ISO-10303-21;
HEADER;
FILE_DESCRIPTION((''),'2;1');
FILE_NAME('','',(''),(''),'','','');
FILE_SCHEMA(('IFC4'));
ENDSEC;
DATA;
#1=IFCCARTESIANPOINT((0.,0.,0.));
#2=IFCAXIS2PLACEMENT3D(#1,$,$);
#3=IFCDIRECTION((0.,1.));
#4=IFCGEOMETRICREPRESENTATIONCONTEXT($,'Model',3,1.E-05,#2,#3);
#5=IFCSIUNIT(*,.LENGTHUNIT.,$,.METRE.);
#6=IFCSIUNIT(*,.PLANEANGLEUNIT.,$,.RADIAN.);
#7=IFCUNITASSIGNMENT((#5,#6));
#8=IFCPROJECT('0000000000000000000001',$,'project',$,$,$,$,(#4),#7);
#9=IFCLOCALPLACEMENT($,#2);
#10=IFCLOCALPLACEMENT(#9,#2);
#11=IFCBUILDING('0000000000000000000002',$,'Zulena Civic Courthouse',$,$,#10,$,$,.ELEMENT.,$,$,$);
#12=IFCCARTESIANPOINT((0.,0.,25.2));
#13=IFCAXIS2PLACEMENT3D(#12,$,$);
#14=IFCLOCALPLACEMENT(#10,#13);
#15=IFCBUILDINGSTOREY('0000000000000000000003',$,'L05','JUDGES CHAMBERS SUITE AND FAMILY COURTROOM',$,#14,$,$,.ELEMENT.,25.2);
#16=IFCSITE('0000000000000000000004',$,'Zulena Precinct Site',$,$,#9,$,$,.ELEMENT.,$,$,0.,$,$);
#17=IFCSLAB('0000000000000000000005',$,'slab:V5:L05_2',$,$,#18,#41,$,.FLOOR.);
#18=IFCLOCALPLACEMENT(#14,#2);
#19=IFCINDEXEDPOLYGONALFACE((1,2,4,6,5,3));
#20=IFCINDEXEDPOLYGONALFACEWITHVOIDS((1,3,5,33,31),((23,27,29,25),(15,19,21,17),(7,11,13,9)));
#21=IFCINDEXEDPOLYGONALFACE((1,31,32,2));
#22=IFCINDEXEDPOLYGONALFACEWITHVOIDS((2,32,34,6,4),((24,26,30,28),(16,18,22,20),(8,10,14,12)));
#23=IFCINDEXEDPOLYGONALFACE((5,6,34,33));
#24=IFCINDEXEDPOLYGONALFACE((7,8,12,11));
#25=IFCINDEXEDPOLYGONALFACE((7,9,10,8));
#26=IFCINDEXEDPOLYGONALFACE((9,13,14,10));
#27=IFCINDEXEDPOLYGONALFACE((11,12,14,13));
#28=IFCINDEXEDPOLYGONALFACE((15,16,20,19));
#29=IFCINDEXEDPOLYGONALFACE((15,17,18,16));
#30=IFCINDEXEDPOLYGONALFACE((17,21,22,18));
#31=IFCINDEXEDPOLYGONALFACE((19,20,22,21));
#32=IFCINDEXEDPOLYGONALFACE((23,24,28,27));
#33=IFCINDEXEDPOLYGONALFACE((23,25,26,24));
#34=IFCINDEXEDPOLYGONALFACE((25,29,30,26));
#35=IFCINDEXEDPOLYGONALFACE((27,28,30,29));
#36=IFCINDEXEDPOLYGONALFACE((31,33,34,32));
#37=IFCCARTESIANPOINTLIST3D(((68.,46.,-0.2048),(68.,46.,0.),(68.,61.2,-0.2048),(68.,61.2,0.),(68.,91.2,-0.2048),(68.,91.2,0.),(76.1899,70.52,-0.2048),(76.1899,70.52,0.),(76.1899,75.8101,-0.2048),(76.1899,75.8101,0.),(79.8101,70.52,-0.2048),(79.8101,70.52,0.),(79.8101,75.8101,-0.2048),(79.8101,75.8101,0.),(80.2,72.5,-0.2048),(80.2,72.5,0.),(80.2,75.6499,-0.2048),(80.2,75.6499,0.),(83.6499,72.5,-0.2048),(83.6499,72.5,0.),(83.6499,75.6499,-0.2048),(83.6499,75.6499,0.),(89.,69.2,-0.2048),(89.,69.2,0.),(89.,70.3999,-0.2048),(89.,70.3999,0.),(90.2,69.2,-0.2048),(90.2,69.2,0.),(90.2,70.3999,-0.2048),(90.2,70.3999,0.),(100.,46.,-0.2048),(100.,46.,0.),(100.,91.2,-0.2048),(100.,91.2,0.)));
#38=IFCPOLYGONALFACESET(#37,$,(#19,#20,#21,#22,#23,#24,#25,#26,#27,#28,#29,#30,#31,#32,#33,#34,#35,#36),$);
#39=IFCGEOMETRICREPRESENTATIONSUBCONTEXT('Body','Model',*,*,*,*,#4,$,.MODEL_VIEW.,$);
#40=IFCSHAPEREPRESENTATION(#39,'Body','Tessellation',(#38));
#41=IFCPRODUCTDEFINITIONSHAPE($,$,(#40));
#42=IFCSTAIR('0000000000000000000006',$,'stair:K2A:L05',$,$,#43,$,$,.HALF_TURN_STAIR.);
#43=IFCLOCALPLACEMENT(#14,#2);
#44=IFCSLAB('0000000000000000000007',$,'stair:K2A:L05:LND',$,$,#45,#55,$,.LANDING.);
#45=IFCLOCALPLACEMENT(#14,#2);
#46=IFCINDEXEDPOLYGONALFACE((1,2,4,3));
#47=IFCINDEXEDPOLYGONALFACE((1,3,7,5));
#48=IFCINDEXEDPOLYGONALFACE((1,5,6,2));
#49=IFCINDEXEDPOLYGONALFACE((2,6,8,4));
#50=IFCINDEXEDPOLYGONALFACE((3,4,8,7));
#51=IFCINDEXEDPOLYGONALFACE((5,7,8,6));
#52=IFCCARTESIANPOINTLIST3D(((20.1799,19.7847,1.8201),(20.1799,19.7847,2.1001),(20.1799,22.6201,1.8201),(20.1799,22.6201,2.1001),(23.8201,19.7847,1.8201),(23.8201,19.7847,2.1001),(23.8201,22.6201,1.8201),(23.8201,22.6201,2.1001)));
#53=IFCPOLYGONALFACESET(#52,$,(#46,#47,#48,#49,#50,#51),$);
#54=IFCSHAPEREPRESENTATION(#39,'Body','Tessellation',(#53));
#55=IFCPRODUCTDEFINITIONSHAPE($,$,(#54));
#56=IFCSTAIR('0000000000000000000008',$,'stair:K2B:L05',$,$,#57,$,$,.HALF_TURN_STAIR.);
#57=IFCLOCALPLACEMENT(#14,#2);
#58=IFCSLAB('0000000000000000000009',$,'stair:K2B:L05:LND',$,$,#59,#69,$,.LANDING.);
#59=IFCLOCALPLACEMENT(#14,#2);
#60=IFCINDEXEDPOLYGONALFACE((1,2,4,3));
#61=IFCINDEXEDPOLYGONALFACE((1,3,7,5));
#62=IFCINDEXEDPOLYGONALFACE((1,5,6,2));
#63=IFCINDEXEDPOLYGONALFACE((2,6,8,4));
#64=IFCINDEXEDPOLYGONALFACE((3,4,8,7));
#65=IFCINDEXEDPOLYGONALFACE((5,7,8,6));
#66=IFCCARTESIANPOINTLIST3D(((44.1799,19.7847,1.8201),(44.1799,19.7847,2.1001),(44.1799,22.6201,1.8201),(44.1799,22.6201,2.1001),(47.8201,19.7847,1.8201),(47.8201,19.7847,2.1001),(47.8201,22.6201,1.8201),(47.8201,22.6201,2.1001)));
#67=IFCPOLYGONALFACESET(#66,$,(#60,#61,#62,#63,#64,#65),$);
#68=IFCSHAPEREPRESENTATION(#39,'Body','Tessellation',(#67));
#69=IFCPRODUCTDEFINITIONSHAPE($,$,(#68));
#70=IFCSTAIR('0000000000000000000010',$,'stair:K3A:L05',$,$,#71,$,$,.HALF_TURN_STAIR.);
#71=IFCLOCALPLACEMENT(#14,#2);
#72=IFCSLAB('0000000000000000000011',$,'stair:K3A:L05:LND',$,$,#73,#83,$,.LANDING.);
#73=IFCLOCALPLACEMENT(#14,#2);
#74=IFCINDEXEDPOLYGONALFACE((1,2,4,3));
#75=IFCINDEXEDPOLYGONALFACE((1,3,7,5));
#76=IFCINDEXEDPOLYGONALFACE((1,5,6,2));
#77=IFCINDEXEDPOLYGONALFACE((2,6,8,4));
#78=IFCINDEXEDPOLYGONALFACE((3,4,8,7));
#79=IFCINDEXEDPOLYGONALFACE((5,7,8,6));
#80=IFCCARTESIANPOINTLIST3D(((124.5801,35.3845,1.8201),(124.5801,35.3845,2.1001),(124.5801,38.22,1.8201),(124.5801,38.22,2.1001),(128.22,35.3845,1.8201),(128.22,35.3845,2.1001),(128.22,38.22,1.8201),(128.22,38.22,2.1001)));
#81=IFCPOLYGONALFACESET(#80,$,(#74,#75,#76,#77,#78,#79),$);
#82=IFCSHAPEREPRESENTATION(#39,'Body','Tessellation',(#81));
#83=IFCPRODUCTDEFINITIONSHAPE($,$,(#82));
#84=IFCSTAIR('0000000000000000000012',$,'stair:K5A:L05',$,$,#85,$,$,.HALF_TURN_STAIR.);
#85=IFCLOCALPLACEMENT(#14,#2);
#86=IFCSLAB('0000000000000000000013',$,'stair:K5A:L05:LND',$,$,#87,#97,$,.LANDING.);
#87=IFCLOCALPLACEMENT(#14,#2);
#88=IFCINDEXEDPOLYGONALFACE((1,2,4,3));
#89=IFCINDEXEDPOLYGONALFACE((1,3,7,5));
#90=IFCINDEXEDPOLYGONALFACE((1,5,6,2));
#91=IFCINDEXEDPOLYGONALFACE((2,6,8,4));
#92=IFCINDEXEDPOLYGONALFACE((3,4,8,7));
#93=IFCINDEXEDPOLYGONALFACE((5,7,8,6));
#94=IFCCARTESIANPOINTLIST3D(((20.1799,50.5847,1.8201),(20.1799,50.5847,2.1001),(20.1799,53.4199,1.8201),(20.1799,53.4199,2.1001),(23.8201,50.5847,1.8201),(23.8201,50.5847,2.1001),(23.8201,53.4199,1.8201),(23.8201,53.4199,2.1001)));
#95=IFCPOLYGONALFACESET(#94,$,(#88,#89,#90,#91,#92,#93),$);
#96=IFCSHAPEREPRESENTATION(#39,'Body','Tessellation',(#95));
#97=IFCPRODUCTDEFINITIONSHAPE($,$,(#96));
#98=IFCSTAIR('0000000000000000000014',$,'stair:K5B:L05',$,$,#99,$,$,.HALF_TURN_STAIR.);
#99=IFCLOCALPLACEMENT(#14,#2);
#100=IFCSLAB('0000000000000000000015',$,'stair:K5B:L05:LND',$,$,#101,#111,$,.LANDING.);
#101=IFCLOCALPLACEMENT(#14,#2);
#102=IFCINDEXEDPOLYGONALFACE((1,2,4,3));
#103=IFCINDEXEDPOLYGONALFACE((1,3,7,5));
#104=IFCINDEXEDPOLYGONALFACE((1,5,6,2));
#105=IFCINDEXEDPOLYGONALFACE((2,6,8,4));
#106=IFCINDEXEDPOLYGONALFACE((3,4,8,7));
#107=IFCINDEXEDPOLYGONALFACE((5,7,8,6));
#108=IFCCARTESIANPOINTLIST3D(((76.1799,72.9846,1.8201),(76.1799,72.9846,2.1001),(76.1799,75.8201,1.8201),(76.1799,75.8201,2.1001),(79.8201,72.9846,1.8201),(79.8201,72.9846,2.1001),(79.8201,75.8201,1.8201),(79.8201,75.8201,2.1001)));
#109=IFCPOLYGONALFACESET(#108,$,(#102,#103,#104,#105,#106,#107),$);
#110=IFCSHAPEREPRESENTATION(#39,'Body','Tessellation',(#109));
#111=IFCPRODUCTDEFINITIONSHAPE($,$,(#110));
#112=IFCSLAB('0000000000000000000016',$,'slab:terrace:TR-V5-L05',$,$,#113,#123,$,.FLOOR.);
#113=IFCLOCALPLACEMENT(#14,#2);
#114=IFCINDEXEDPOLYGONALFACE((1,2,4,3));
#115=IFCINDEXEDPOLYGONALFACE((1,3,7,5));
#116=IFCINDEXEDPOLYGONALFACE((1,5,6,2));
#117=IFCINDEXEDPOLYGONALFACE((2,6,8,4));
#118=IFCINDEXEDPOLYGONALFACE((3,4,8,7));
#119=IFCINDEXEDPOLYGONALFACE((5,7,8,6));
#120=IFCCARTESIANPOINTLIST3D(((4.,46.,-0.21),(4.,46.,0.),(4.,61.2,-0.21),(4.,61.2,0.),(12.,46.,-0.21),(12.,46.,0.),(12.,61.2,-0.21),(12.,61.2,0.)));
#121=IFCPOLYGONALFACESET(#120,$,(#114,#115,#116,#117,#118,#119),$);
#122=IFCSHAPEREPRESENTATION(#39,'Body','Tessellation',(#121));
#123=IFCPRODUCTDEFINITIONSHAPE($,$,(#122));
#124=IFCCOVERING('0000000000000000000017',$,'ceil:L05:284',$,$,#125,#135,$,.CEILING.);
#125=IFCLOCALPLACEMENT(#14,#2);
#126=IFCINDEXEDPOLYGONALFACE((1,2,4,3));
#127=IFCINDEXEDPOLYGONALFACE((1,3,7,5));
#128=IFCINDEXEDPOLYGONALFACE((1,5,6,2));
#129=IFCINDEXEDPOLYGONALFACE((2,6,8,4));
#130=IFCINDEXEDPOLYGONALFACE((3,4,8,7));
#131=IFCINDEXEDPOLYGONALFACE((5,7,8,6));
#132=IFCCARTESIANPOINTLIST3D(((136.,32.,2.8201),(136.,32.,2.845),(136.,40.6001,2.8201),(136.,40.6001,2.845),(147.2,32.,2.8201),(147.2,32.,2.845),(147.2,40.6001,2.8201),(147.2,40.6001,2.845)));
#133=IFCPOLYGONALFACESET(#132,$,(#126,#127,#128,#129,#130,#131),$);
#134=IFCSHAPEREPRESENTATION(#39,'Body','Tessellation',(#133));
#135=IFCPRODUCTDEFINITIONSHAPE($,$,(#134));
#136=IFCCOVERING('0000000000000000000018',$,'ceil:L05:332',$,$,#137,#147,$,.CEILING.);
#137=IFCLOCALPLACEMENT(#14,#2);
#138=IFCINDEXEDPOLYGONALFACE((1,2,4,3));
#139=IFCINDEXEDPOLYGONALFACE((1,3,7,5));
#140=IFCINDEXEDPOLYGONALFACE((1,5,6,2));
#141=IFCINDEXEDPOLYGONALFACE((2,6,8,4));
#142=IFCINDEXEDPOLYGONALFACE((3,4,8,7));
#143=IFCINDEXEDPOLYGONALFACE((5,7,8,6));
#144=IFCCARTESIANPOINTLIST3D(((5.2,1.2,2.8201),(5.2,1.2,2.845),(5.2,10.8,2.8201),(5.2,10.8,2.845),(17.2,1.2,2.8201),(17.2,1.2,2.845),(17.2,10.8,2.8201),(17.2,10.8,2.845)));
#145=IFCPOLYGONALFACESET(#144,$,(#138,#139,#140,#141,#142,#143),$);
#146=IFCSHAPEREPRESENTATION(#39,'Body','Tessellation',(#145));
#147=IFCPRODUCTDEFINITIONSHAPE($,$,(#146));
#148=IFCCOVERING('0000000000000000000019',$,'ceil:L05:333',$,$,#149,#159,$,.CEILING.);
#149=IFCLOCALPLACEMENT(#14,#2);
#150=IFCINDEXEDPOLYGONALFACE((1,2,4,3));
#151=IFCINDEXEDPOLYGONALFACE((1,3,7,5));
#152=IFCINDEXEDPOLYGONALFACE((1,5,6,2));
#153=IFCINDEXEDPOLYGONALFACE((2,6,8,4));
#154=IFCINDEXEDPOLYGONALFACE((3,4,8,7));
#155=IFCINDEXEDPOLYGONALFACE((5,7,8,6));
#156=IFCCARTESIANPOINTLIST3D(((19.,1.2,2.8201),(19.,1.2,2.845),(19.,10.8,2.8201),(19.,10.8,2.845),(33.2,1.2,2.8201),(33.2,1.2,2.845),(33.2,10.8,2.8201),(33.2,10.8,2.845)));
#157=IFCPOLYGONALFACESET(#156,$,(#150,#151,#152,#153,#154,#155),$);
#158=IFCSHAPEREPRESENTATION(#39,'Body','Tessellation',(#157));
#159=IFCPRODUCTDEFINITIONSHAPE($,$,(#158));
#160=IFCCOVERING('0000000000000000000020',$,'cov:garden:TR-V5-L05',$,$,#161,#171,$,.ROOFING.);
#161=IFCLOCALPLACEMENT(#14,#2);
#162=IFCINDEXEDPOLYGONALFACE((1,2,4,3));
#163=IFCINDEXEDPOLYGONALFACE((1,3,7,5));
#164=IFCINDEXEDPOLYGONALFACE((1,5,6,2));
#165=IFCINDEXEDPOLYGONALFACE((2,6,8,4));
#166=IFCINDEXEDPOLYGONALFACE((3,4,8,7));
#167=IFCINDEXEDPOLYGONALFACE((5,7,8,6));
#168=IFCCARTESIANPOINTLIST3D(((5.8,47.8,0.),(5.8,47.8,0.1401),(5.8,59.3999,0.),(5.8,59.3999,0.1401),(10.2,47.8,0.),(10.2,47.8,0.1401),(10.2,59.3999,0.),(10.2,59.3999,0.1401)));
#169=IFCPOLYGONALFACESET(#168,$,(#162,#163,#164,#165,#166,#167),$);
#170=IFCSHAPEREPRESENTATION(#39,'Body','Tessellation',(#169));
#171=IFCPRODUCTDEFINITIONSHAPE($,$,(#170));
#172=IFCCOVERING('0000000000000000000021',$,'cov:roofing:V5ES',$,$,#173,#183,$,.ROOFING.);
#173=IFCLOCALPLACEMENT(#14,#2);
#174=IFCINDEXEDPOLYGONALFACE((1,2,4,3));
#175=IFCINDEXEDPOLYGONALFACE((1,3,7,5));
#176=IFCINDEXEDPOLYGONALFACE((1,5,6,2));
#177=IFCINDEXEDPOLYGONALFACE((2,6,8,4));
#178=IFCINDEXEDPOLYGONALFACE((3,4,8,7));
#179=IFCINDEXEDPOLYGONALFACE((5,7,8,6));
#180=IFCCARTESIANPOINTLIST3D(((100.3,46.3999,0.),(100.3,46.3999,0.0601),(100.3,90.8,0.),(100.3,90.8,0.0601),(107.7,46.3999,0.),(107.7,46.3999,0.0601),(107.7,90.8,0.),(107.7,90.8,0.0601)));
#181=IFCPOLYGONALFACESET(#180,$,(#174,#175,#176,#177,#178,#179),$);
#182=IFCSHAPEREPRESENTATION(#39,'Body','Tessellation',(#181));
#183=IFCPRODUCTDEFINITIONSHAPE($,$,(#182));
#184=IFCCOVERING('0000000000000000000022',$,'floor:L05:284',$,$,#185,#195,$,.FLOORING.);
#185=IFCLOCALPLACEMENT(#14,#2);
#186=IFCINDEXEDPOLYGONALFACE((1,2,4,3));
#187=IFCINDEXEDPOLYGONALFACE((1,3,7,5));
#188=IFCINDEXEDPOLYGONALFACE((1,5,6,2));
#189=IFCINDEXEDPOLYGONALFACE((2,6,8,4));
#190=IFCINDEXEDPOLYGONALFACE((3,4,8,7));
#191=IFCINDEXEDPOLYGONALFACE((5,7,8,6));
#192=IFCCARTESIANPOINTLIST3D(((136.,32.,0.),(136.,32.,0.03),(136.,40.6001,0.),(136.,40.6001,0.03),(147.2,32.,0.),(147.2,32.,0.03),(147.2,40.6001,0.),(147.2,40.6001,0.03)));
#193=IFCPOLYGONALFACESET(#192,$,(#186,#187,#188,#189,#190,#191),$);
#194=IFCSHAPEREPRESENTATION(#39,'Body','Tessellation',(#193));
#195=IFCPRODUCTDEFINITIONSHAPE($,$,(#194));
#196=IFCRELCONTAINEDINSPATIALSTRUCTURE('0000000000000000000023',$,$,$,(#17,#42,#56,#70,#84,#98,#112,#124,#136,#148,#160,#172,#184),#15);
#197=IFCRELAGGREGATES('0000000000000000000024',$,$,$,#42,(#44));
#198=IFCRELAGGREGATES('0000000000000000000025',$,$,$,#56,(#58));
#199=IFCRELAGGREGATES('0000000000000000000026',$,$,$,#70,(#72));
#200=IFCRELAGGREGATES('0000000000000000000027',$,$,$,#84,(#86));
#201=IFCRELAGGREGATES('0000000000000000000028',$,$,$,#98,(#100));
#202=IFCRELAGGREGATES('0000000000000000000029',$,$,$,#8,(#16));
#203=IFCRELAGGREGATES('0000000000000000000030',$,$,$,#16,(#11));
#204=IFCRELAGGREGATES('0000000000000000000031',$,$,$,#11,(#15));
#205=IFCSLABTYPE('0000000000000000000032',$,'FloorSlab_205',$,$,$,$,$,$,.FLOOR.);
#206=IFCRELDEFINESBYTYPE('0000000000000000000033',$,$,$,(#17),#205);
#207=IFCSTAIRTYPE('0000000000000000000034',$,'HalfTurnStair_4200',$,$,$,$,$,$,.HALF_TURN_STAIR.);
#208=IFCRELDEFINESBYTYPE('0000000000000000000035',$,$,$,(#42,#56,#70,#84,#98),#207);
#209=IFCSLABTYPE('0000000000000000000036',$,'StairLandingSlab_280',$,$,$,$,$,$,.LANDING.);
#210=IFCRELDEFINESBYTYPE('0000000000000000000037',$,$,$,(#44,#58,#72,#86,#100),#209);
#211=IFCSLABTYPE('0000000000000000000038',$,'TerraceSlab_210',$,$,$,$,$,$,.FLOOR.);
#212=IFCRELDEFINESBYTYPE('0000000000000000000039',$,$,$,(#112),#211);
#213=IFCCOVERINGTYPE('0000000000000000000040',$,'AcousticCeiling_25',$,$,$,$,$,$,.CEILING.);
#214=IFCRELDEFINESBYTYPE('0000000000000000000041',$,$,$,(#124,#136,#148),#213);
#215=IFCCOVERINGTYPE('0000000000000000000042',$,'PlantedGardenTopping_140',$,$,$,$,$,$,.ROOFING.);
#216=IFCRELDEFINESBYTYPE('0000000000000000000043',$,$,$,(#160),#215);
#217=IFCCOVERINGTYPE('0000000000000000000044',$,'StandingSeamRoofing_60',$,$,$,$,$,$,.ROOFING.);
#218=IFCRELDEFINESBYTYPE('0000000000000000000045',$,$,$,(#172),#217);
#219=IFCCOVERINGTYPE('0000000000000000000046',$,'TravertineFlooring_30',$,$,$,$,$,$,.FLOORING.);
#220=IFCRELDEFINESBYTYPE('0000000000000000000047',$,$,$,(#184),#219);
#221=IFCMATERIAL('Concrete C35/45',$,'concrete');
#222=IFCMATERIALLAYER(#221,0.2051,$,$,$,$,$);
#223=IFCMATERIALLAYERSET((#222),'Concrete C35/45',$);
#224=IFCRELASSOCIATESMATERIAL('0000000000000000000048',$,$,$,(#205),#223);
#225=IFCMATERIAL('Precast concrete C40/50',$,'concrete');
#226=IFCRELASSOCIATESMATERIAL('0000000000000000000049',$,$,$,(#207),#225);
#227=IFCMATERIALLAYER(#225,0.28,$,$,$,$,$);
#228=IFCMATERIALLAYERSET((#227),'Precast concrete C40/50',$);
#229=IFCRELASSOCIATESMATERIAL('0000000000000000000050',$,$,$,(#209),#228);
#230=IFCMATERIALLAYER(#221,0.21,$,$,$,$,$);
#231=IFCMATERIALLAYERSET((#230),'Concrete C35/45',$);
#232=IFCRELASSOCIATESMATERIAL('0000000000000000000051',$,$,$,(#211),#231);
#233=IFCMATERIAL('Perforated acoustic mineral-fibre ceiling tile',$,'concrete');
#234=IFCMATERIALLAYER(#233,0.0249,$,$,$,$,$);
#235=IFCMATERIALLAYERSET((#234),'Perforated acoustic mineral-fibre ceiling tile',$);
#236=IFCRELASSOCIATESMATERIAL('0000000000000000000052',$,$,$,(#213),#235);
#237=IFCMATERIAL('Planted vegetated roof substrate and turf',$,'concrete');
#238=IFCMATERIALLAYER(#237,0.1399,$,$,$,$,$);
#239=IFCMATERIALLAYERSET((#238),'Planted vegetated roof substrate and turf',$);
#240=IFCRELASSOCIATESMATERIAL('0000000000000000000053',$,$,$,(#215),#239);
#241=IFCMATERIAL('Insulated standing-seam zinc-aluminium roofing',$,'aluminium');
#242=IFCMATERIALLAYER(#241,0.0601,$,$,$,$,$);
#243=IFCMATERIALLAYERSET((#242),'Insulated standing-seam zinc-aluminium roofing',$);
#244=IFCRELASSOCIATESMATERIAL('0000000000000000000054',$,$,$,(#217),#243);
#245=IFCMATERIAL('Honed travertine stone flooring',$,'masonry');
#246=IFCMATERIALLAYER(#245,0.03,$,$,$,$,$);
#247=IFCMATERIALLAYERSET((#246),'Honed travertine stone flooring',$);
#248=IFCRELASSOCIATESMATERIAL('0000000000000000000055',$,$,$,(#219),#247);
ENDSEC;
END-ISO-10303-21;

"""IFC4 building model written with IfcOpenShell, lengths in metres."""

from ifc_helpers import new_model, si_unit, direction, frame, origin, place, context, subcontext, project, spatial, polyline, outline, extrude, material, layer, layer_set, type_object, element, aggregate, save


model = new_model("IFC4")

# Units and contexts
model_context = context("Model", 3, precision=1e-05, world=origin(), true_north=direction((0.0, 1.0)))
body_context = subcontext(model_context, "Body", "Model", "MODEL_VIEW")
ifc_project = project(units=[si_unit("LENGTHUNIT", "METRE"), si_unit("PLANEANGLEUNIT", "RADIAN")], contexts=[model_context])

# Site, building, storey
site_placement = place(None, origin())
site = spatial("IfcSite", under=ifc_project, at=site_placement, Name="Zulena Precinct Site", CompositionType="ELEMENT", RefElevation=0.0)
building_placement = place(site_placement, origin())
building = spatial("IfcBuilding", under=site, at=building_placement, Name="Zulena Civic Courthouse", CompositionType="ELEMENT")
storey_placement = place(building_placement, frame((0.0, 0.0, 25.2)))
storey = spatial("IfcBuildingStorey", under=building, at=storey_placement, Name="L05", Description="JUDGES CHAMBERS SUITE AND FAMILY COURTROOM", CompositionType="ELEMENT", Elevation=25.2)

# Shared definitions
ifc_material_1 = material(Name="Concrete C35/45", Category="concrete")

# Shared definitions
ifc_material_2 = material(Name="Insulated standing-seam zinc-aluminium roofing", Category="aluminium")

# Slab
ifc_layer_1 = layer(ifc_material_1, 0.2051)
ifc_layer_set_1 = layer_set([ifc_layer_1], Name="Concrete C35/45")
slab_type_1 = type_object("IfcSlabType", Name="FloorSlab_205", PredefinedType="FLOOR", material=ifc_layer_set_1)
slab_1_placement = place(storey_placement, frame((0.0, 0.0, -0.2048)))
element("IfcSlab", 1, at=slab_1_placement, inside=storey, type_object=slab_type_1, Name="slab:V5:L05_2", PredefinedType="FLOOR", context=body_context, shape_type="SweptSolid", body=[
    extrude(outline(polyline([(68.0, 91.2), (100.0, 91.2), (100.0, 46.0), (68.0, 46.0), (68.0, 61.2), (68.0, 91.2)]), holes=[polyline([(79.8101, 70.52), (79.8101, 75.8101), (76.1899, 75.8101), (76.1899, 70.52), (79.8101, 70.52)]), polyline([(80.2, 72.5), (83.6499, 72.5), (83.6499, 75.6499), (80.2, 75.6499), (80.2, 72.5)]), polyline([(90.2, 70.3999), (89.0, 70.3999), (89.0, 69.2), (90.2, 69.2), (90.2, 70.3999)])]), origin(), (0.0, 0.0, 1.0), 0.2048),
])

# Stairs, slabs
ifc_material_3 = material(Name="Precast concrete C40/50", Category="concrete")
stair_type = type_object("IfcStairType", Name="HalfTurnStair_4200", PredefinedType="HALF_TURN_STAIR", material=ifc_material_3)
stair_1_placement = place(storey_placement, origin())
stair_1 = element("IfcStair", 2, at=stair_1_placement, inside=storey, type_object=stair_type, Name="stair:K2A:L05", PredefinedType="HALF_TURN_STAIR")
ifc_layer_2 = layer(ifc_material_3, 0.28)
ifc_layer_set_2 = layer_set([ifc_layer_2], Name="Precast concrete C40/50")
slab_type_2 = type_object("IfcSlabType", Name="StairLandingSlab_280", PredefinedType="LANDING", material=ifc_layer_set_2)
slab_2_placement = place(storey_placement, frame((0.0, 0.0, 1.8201)))
slab_2 = element("IfcSlab", 3, at=slab_2_placement, type_object=slab_type_2, Name="stair:K2A:L05:LND", PredefinedType="LANDING", context=body_context, shape_type="SweptSolid", body=[
    extrude(outline(polyline([(20.1799, 19.7847), (23.8201, 19.7847), (23.8201, 22.6201), (20.1799, 22.6201), (20.1799, 19.7847)])), origin(), (0.0, 0.0, 1.0), 0.28),
])
aggregate(stair_1, [slab_2])
stair_2_placement = place(storey_placement, origin())
stair_2 = element("IfcStair", 4, at=stair_2_placement, inside=storey, type_object=stair_type, Name="stair:K2B:L05", PredefinedType="HALF_TURN_STAIR")
slab_3_placement = place(storey_placement, frame((0.0, 0.0, 1.8201)))
slab_3 = element("IfcSlab", 5, at=slab_3_placement, type_object=slab_type_2, Name="stair:K2B:L05:LND", PredefinedType="LANDING", context=body_context, shape_type="SweptSolid", body=[
    extrude(outline(polyline([(44.1799, 19.7847), (47.8201, 19.7847), (47.8201, 22.6201), (44.1799, 22.6201), (44.1799, 19.7847)])), origin(), (0.0, 0.0, 1.0), 0.28),
])
aggregate(stair_2, [slab_3])
stair_3_placement = place(storey_placement, origin())
stair_3 = element("IfcStair", 6, at=stair_3_placement, inside=storey, type_object=stair_type, Name="stair:K3A:L05", PredefinedType="HALF_TURN_STAIR")
slab_4_placement = place(storey_placement, frame((0.0, 0.0, 1.8201)))
slab_4 = element("IfcSlab", 7, at=slab_4_placement, type_object=slab_type_2, Name="stair:K3A:L05:LND", PredefinedType="LANDING", context=body_context, shape_type="SweptSolid", body=[
    extrude(outline(polyline([(124.5801, 35.3845), (128.22, 35.3845), (128.22, 38.22), (124.5801, 38.22), (124.5801, 35.3845)])), origin(), (0.0, 0.0, 1.0), 0.28),
])
aggregate(stair_3, [slab_4])
stair_4_placement = place(storey_placement, origin())
stair_4 = element("IfcStair", 8, at=stair_4_placement, inside=storey, type_object=stair_type, Name="stair:K5A:L05", PredefinedType="HALF_TURN_STAIR")
slab_5_placement = place(storey_placement, frame((0.0, 0.0, 1.8201)))
slab_5 = element("IfcSlab", 9, at=slab_5_placement, type_object=slab_type_2, Name="stair:K5A:L05:LND", PredefinedType="LANDING", context=body_context, shape_type="SweptSolid", body=[
    extrude(outline(polyline([(20.1799, 50.5847), (23.8201, 50.5847), (23.8201, 53.4199), (20.1799, 53.4199), (20.1799, 50.5847)])), origin(), (0.0, 0.0, 1.0), 0.28),
])
aggregate(stair_4, [slab_5])
stair_5_placement = place(storey_placement, origin())
stair_5 = element("IfcStair", 10, at=stair_5_placement, inside=storey, type_object=stair_type, Name="stair:K5B:L05", PredefinedType="HALF_TURN_STAIR")
slab_6_placement = place(storey_placement, frame((0.0, 0.0, 1.8201)))
slab_6 = element("IfcSlab", 11, at=slab_6_placement, type_object=slab_type_2, Name="stair:K5B:L05:LND", PredefinedType="LANDING", context=body_context, shape_type="SweptSolid", body=[
    extrude(outline(polyline([(76.1799, 72.9846), (79.8201, 72.9846), (79.8201, 75.8201), (76.1799, 75.8201), (76.1799, 72.9846)])), origin(), (0.0, 0.0, 1.0), 0.28),
])
aggregate(stair_5, [slab_6])

# Slab
ifc_layer_3 = layer(ifc_material_1, 0.21)
ifc_layer_set_3 = layer_set([ifc_layer_3], Name="Concrete C35/45")
slab_type_3 = type_object("IfcSlabType", Name="TerraceSlab_210", PredefinedType="FLOOR", material=ifc_layer_set_3)
slab_7_placement = place(storey_placement, frame((0.0, 0.0, -0.21)))
element("IfcSlab", 12, at=slab_7_placement, inside=storey, type_object=slab_type_3, Name="slab:terrace:TR-V5-L05", PredefinedType="FLOOR", context=body_context, shape_type="SweptSolid", body=[
    extrude(outline(polyline([(4.0, 46.0), (12.0, 46.0), (12.0, 61.2), (4.0, 61.2), (4.0, 46.0)])), origin(), (0.0, 0.0, 1.0), 0.21),
])

# Coverings
ifc_material_4 = material(Name="Perforated acoustic mineral-fibre ceiling tile", Category="concrete")
ifc_layer_4 = layer(ifc_material_4, 0.0249)
ifc_layer_set_4 = layer_set([ifc_layer_4], Name="Perforated acoustic mineral-fibre ceiling tile")
covering_type_1 = type_object("IfcCoveringType", Name="AcousticCeiling_25", PredefinedType="CEILING", material=ifc_layer_set_4)
covering_1_placement = place(storey_placement, frame((0.0, 0.0, 2.8201)))
element("IfcCovering", 13, at=covering_1_placement, inside=storey, type_object=covering_type_1, Name="ceil:L05:284", PredefinedType="CEILING", context=body_context, shape_type="SweptSolid", body=[
    extrude(outline(polyline([(136.0, 32.0), (147.2, 32.0), (147.2, 40.6001), (136.0, 40.6001), (136.0, 32.0)])), origin(), (0.0, 0.0, 1.0), 0.0249),
])
covering_2_placement = place(storey_placement, frame((0.0, 0.0, 2.8201)))
element("IfcCovering", 14, at=covering_2_placement, inside=storey, type_object=covering_type_1, Name="ceil:L05:332", PredefinedType="CEILING", context=body_context, shape_type="SweptSolid", body=[
    extrude(outline(polyline([(5.2, 1.2), (17.2, 1.2), (17.2, 10.8), (5.2, 10.8), (5.2, 1.2)])), origin(), (0.0, 0.0, 1.0), 0.0249),
])
covering_3_placement = place(storey_placement, frame((0.0, 0.0, 2.8201)))
element("IfcCovering", 15, at=covering_3_placement, inside=storey, type_object=covering_type_1, Name="ceil:L05:333", PredefinedType="CEILING", context=body_context, shape_type="SweptSolid", body=[
    extrude(outline(polyline([(19.0, 1.2), (33.2, 1.2), (33.2, 10.8), (19.0, 10.8), (19.0, 1.2)])), origin(), (0.0, 0.0, 1.0), 0.0249),
])
ifc_material_5 = material(Name="Planted vegetated roof substrate and turf", Category="concrete")
ifc_layer_5 = layer(ifc_material_5, 0.1399)
ifc_layer_set_5 = layer_set([ifc_layer_5], Name="Planted vegetated roof substrate and turf")
covering_type_2 = type_object("IfcCoveringType", Name="PlantedGardenTopping_140", PredefinedType="ROOFING", material=ifc_layer_set_5)
covering_4_placement = place(storey_placement, origin())
element("IfcCovering", 16, at=covering_4_placement, inside=storey, type_object=covering_type_2, Name="cov:garden:TR-V5-L05", PredefinedType="ROOFING", context=body_context, shape_type="SweptSolid", body=[
    extrude(outline(polyline([(5.8, 47.8), (10.2, 47.8), (10.2, 59.3999), (5.8, 59.3999), (5.8, 47.8)])), origin(), (0.0, 0.0, 1.0), 0.1401),
])
ifc_layer_6 = layer(ifc_material_2, 0.0601)
ifc_layer_set_6 = layer_set([ifc_layer_6], Name="Insulated standing-seam zinc-aluminium roofing")
covering_type_3 = type_object("IfcCoveringType", Name="StandingSeamRoofing_60", PredefinedType="ROOFING", material=ifc_layer_set_6)
covering_5_placement = place(storey_placement, origin())
element("IfcCovering", 17, at=covering_5_placement, inside=storey, type_object=covering_type_3, Name="cov:roofing:V5ES", PredefinedType="ROOFING", context=body_context, shape_type="SweptSolid", body=[
    extrude(outline(polyline([(100.3, 46.3999), (107.7, 46.3999), (107.7, 90.8), (100.3, 90.8), (100.3, 46.3999)])), origin(), (0.0, 0.0, 1.0), 0.0601),
])
ifc_material_6 = material(Name="Honed travertine stone flooring", Category="masonry")
ifc_layer_7 = layer(ifc_material_6, 0.03)
ifc_layer_set_7 = layer_set([ifc_layer_7], Name="Honed travertine stone flooring")
covering_type_4 = type_object("IfcCoveringType", Name="TravertineFlooring_30", PredefinedType="FLOORING", material=ifc_layer_set_7)
covering_6_placement = place(storey_placement, origin())
element("IfcCovering", 18, at=covering_6_placement, inside=storey, type_object=covering_type_4, Name="floor:L05:284", PredefinedType="FLOORING", context=body_context, shape_type="SweptSolid", body=[
    extrude(outline(polyline([(136.0, 32.0), (147.2, 32.0), (147.2, 40.6001), (136.0, 40.6001), (136.0, 32.0)])), origin(), (0.0, 0.0, 1.0), 0.03),
])

save(model, "model.ifc")
